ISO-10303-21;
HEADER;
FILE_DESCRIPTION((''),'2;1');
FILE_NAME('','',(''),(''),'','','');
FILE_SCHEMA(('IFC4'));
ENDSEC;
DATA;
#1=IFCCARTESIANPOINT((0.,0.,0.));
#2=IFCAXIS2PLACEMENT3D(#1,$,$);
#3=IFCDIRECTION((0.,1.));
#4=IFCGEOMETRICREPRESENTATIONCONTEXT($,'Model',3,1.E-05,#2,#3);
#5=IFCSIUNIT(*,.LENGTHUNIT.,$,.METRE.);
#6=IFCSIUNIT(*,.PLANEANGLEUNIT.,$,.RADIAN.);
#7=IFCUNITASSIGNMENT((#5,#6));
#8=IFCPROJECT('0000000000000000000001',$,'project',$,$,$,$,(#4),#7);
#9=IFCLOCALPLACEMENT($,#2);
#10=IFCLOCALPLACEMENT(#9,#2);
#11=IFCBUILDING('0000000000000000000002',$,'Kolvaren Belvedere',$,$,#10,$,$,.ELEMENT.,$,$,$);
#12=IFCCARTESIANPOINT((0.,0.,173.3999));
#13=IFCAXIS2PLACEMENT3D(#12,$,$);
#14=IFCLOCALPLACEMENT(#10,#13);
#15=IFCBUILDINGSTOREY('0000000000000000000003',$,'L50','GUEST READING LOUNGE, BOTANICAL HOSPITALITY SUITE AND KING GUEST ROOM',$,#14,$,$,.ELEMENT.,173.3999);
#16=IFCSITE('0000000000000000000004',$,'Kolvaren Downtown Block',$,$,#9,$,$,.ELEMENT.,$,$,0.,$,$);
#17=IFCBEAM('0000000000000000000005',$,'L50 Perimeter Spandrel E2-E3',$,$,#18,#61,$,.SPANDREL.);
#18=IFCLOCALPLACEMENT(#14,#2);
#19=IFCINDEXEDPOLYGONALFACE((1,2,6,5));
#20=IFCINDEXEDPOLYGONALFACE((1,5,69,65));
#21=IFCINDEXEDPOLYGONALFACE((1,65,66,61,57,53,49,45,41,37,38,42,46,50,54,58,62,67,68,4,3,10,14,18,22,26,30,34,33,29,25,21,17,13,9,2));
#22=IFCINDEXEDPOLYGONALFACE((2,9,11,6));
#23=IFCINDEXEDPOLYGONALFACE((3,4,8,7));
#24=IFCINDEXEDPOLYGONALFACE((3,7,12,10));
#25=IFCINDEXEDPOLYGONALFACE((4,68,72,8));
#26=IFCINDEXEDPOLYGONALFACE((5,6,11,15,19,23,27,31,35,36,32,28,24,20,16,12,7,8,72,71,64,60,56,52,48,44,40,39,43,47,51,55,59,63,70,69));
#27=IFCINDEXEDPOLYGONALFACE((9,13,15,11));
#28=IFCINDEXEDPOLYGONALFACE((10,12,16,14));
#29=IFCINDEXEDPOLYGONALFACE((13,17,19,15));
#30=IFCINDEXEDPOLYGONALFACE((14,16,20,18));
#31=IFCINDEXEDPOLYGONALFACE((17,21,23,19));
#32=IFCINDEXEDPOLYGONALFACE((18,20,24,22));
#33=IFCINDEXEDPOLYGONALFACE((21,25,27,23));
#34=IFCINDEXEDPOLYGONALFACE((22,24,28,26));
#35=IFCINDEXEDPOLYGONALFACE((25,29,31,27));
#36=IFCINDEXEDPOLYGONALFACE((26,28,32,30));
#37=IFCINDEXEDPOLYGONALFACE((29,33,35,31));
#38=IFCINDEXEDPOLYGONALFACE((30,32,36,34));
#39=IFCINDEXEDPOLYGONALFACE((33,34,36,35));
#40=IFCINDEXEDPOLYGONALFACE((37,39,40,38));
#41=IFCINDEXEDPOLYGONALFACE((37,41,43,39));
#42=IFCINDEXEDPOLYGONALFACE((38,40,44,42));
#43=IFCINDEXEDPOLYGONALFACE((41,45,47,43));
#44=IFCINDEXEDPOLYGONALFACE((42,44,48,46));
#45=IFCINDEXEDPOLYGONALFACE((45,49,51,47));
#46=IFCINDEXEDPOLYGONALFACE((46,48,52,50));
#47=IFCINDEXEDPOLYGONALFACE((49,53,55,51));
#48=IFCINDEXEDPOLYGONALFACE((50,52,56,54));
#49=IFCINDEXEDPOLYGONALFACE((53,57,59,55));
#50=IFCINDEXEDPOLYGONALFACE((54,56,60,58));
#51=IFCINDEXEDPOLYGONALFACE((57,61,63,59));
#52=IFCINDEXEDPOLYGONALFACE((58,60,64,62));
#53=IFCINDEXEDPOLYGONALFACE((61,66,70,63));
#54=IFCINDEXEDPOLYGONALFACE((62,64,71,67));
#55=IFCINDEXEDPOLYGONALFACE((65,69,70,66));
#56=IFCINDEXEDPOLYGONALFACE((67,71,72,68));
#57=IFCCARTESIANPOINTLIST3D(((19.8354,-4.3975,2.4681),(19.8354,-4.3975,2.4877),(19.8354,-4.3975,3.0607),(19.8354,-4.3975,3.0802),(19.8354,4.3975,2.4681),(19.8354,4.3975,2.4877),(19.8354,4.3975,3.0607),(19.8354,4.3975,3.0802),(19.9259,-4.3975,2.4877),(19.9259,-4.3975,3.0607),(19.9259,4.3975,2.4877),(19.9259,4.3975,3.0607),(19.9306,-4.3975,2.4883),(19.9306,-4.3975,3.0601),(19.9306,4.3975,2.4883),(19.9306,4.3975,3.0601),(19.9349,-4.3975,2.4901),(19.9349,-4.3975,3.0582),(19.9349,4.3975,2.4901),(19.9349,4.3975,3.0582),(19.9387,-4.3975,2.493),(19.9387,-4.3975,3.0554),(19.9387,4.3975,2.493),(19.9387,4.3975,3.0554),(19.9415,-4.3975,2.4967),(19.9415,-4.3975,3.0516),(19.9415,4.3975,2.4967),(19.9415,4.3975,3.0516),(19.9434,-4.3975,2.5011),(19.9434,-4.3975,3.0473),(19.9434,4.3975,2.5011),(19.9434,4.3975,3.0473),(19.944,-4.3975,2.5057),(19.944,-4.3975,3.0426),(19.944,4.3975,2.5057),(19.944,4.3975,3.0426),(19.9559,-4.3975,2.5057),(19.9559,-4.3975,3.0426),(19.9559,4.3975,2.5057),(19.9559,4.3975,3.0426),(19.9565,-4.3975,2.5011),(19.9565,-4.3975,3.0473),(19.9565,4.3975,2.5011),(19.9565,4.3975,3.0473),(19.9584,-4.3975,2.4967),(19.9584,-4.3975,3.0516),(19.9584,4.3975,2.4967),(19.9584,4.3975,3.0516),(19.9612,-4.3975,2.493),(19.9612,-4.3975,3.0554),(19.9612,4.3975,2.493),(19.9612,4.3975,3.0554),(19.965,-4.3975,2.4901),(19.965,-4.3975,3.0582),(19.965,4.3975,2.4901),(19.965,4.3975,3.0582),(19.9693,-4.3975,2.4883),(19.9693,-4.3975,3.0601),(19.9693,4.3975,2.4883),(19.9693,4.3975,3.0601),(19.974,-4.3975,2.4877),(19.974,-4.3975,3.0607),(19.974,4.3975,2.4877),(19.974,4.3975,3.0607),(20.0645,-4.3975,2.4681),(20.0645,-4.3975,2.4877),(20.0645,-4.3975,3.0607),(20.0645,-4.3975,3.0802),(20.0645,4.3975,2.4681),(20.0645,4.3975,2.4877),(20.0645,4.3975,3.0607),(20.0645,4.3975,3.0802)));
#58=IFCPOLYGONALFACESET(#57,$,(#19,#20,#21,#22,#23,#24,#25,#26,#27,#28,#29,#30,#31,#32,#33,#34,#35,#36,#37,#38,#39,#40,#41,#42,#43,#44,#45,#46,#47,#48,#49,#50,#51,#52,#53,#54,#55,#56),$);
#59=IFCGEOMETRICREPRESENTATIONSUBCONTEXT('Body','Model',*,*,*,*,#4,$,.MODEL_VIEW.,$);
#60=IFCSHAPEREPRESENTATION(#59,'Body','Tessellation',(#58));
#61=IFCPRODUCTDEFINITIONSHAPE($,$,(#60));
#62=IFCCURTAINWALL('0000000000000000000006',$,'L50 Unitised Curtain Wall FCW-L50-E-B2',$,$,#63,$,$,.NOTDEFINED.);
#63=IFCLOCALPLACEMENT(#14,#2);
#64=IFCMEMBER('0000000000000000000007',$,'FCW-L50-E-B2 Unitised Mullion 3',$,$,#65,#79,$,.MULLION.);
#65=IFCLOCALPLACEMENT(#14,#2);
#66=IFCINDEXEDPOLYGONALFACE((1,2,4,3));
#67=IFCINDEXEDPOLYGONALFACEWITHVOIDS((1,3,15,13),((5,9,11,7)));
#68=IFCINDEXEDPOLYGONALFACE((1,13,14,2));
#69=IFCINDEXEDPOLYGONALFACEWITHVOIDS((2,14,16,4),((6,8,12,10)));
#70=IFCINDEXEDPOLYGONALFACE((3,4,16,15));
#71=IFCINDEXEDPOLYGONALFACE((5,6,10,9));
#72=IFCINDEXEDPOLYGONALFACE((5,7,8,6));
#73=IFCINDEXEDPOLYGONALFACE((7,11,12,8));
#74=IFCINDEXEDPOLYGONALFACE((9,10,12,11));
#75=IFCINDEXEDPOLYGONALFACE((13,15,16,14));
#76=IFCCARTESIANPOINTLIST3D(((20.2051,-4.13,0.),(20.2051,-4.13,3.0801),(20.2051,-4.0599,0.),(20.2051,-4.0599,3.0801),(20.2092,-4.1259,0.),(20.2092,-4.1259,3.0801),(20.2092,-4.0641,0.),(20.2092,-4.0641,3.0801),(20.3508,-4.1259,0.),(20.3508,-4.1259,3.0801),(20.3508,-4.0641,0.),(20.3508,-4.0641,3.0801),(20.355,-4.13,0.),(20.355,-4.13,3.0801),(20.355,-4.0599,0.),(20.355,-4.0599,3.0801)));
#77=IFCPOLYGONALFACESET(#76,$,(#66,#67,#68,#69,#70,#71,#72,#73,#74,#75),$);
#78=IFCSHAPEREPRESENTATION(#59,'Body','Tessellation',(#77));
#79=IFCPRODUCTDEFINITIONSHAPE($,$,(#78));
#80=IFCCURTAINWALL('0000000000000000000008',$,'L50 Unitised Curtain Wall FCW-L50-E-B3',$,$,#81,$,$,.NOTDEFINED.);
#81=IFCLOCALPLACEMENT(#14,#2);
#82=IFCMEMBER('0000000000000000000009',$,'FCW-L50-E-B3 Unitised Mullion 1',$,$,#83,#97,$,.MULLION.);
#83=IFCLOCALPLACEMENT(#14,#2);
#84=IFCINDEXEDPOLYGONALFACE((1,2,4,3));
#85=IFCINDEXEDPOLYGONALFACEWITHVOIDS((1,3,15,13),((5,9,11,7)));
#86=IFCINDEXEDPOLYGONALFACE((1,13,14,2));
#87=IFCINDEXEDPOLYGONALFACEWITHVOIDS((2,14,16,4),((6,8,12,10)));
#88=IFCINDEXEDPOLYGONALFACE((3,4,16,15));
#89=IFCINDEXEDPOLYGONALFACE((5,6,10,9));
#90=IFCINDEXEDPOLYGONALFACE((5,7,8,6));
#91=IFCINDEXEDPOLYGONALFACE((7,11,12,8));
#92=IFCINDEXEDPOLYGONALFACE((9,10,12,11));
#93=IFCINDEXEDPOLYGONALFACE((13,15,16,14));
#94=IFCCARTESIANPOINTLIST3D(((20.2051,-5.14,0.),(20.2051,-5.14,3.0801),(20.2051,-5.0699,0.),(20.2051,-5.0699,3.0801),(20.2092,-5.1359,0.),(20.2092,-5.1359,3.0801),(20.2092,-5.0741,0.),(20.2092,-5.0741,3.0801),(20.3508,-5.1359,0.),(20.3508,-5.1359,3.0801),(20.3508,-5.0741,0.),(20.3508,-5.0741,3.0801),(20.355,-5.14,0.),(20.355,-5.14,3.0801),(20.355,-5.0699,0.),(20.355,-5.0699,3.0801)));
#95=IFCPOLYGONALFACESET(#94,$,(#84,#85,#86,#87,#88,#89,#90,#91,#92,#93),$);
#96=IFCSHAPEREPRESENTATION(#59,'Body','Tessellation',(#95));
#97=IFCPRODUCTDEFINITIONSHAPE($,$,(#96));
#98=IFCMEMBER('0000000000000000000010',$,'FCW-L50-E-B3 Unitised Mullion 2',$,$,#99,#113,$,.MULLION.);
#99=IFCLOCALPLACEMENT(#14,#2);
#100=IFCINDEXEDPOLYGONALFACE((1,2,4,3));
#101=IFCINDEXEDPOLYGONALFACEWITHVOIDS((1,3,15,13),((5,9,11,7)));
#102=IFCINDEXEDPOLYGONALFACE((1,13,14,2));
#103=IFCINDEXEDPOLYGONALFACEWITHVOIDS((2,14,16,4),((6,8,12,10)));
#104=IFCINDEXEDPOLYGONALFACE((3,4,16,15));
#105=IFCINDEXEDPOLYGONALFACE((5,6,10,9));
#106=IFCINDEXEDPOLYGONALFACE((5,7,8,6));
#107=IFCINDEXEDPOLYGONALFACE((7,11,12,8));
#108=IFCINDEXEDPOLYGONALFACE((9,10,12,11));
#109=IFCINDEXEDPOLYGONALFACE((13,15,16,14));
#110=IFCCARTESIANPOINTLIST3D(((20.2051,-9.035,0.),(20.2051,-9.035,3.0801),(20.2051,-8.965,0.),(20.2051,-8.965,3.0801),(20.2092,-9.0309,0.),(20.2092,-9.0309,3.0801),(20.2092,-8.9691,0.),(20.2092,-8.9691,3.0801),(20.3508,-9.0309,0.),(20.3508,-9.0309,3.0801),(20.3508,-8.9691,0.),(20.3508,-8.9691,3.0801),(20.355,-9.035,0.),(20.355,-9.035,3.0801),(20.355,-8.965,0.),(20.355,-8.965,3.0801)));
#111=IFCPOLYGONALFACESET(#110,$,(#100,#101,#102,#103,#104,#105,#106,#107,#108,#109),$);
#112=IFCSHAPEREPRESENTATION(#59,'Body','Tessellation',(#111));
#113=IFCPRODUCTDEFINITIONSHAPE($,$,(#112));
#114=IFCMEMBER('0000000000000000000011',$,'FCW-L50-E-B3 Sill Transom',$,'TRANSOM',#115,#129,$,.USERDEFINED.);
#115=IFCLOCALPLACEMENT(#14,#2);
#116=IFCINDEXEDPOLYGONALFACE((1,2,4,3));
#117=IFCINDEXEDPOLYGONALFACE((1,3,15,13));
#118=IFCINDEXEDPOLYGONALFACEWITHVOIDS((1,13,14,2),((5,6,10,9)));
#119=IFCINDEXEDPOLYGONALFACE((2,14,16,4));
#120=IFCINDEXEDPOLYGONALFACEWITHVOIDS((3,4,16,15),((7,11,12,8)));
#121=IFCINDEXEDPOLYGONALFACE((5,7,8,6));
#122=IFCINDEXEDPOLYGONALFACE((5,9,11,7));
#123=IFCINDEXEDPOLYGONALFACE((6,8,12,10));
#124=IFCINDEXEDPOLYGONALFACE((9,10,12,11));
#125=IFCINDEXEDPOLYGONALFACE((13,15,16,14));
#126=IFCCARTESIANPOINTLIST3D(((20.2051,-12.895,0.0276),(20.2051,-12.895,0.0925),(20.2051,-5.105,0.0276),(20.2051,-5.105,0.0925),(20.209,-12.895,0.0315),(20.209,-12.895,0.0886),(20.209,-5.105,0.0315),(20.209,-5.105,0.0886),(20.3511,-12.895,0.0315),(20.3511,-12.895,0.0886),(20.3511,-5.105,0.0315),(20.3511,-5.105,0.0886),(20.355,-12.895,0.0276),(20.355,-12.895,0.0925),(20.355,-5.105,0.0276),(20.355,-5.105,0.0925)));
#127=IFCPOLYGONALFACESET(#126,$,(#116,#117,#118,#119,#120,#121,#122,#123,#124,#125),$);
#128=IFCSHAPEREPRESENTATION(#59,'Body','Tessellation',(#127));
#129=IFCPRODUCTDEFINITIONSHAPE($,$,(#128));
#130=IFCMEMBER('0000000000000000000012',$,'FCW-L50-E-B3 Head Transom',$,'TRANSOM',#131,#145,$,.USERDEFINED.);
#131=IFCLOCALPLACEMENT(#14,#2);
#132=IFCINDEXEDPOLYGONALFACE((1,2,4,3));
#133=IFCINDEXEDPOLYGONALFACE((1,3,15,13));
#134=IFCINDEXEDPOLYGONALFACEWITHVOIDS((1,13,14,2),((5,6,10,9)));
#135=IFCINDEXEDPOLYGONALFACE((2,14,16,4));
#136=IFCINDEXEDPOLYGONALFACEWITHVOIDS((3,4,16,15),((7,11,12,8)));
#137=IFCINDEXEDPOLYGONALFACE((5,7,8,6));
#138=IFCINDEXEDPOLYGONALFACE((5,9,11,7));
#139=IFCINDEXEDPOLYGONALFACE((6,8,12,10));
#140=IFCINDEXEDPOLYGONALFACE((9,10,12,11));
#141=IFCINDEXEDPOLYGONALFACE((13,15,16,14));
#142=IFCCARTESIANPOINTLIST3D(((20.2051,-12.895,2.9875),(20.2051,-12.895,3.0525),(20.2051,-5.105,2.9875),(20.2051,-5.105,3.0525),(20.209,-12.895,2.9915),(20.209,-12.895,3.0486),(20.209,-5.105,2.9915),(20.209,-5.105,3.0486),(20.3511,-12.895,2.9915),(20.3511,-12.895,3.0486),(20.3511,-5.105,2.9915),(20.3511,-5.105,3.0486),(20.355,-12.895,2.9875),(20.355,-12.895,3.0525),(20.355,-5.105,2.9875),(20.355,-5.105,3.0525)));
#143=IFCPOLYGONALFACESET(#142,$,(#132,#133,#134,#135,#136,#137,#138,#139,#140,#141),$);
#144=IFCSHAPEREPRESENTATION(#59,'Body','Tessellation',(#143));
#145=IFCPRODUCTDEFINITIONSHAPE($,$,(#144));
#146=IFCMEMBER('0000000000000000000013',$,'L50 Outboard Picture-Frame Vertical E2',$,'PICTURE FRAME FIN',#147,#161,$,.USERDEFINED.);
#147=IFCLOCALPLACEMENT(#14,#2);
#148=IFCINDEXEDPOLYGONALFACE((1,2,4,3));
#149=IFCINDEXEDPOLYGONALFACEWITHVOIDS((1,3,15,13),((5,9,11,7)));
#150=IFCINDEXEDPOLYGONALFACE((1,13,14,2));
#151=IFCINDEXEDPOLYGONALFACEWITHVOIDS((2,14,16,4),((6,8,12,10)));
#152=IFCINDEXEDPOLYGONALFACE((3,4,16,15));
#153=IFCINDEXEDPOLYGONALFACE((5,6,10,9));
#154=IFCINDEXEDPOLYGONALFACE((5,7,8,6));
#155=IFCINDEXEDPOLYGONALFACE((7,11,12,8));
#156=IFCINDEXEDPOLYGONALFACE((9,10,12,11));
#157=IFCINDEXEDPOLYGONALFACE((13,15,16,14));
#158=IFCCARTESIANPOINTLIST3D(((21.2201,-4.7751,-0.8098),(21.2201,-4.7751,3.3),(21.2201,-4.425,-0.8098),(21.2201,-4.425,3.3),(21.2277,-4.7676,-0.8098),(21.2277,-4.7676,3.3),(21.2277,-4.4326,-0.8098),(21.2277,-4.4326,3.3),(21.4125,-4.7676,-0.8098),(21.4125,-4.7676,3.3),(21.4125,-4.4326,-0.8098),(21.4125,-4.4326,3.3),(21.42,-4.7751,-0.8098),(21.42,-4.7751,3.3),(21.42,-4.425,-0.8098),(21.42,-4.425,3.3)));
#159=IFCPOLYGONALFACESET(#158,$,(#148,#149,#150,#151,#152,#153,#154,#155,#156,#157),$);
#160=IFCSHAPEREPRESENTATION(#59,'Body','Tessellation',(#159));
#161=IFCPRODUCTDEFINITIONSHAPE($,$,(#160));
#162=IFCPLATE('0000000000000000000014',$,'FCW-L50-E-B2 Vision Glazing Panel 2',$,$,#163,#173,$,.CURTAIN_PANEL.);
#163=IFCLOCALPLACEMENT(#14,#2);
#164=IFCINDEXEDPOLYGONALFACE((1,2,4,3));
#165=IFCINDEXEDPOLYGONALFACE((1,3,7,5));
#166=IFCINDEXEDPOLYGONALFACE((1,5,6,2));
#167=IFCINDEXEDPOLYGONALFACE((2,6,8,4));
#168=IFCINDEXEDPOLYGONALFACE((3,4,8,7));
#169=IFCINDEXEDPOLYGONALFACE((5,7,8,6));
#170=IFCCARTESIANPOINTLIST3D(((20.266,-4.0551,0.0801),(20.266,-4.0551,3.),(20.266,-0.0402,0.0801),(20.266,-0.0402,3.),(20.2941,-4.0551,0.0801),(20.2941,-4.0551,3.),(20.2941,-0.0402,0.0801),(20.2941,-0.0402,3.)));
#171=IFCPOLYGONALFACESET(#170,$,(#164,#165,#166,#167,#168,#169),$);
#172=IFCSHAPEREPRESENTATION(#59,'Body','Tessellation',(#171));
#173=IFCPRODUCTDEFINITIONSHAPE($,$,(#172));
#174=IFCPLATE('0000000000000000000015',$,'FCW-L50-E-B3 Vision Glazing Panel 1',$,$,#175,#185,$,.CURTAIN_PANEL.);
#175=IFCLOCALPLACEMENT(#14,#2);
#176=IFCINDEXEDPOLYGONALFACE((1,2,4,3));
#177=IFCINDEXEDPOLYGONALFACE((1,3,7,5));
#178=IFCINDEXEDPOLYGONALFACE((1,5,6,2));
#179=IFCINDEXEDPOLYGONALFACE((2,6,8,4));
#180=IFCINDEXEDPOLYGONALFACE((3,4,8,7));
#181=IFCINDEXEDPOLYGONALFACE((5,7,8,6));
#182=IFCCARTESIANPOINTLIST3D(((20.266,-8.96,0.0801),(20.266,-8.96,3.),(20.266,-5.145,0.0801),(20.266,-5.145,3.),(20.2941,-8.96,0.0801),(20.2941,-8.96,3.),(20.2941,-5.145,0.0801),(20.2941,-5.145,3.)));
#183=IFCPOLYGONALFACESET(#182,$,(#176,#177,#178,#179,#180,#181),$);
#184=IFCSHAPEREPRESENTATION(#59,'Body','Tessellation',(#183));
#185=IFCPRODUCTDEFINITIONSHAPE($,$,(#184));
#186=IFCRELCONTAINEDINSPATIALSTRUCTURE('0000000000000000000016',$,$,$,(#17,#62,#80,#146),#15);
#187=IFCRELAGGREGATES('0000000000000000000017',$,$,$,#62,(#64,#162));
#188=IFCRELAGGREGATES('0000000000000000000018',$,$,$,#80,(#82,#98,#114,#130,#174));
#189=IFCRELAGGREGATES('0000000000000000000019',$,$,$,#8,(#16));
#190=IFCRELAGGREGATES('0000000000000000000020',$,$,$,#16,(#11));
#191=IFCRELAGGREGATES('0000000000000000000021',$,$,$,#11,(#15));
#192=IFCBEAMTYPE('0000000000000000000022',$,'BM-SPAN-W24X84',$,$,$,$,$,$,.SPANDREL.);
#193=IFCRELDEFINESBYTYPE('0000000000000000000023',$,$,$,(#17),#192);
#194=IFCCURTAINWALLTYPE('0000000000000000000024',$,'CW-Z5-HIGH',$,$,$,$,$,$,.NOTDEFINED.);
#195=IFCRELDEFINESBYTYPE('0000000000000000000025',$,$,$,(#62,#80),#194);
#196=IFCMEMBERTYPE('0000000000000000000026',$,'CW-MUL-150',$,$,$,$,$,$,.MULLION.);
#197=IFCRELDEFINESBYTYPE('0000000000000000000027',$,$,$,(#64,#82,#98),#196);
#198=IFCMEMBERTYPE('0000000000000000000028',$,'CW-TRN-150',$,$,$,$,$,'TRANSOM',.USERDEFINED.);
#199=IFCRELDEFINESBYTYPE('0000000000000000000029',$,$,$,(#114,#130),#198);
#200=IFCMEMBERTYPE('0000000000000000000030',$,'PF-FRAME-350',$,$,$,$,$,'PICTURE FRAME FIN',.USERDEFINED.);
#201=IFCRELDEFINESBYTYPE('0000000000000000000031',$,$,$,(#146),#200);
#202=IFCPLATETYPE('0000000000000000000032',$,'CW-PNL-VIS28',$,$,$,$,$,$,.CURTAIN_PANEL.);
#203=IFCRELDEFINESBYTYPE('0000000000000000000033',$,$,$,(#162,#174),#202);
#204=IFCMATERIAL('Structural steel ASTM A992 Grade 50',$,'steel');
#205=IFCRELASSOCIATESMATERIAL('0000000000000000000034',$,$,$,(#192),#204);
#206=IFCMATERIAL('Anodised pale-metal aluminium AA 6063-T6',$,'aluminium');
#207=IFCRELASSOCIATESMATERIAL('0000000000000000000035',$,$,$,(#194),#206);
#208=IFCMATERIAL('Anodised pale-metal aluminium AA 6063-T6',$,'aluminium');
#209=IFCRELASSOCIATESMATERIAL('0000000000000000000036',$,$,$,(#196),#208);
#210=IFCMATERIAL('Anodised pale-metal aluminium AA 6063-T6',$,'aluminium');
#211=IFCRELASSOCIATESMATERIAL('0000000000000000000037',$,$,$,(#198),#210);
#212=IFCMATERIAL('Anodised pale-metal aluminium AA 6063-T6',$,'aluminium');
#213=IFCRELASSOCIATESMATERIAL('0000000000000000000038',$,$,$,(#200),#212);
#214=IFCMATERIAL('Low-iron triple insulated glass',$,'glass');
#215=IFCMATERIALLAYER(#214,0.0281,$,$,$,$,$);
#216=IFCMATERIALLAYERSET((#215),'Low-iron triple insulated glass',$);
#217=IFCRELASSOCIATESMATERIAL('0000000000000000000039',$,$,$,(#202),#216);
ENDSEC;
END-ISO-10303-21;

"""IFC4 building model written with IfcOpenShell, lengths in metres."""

from ifc_helpers import new_model, si_unit, direction, frame, origin, origin_2d, place, context, subcontext, project, spatial, rectangle, hollow_rectangle, i_section, extrude, material, layer, layer_set, material_profile, profile_set, type_object, element, aggregate, save


model = new_model("IFC4")

# Units and contexts
model_context = context("Model", 3, precision=1e-05, world=origin(), true_north=direction((0.0, 1.0)))
body_context = subcontext(model_context, "Body", "Model", "MODEL_VIEW")
ifc_project = project(units=[si_unit("LENGTHUNIT", "METRE"), si_unit("PLANEANGLEUNIT", "RADIAN")], contexts=[model_context])

# Site, building, storey
site_placement = place(None, origin())
site = spatial("IfcSite", under=ifc_project, at=site_placement, Name="Kolvaren Downtown Block", CompositionType="ELEMENT", RefElevation=0.0)
building_placement = place(site_placement, origin())
building = spatial("IfcBuilding", under=site, at=building_placement, Name="Kolvaren Belvedere", CompositionType="ELEMENT")
storey_placement = place(building_placement, frame((0.0, 0.0, 173.3999)))
storey = spatial("IfcBuildingStorey", under=building, at=storey_placement, Name="L50", Description="GUEST READING LOUNGE, BOTANICAL HOSPITALITY SUITE AND KING GUEST ROOM", CompositionType="ELEMENT", Elevation=173.3999)

# Beam
ifc_material_1 = material(Name="Structural steel ASTM A992 Grade 50", Category="steel")
ifc_material_profile_1 = material_profile(ifc_material_1, i_section(OverallWidth=0.229, OverallDepth=0.6121, WebThickness=0.012, FlangeThickness=0.0195, FilletRadius=0.0181, at=origin_2d()), Name="W24X84")
ifc_profile_set_1 = profile_set([ifc_material_profile_1], Name="Structural steel ASTM A992 Grade 50")
beam_type_1 = type_object("IfcBeamType", Name="BM-SPAN-W24X84", PredefinedType="SPANDREL", material=ifc_profile_set_1)
beam_1_placement = place(storey_placement, frame((19.95, -4.3975, 2.7742), z_axis=(0.0, 1.0, 0.0), x_axis=(-1.0, 0.0, 0.0)))
element("IfcBeam", 1, at=beam_1_placement, inside=storey, type_object=beam_type_1, Name="L50 Perimeter Spandrel E2-E3", PredefinedType="SPANDREL", context=body_context, shape_type="SweptSolid", body=[
    extrude(i_section(OverallWidth=0.229, OverallDepth=0.6121, WebThickness=0.012, FlangeThickness=0.0195, FilletRadius=0.0181, at=origin_2d()), origin(), (0.0, 0.0, 1.0), 8.7949),
])

# Curtain wall, member
ifc_material_2 = material(Name="Anodised pale-metal aluminium AA 6063-T6", Category="aluminium")
curtain_wall_type = type_object("IfcCurtainWallType", Name="CW-Z5-HIGH", PredefinedType="NOTDEFINED", material=ifc_material_2)
curtain_wall_1_placement = place(storey_placement, origin())
curtain_wall_1 = element("IfcCurtainWall", 2, at=curtain_wall_1_placement, inside=storey, type_object=curtain_wall_type, Name="L50 Unitised Curtain Wall FCW-L50-E-B2", PredefinedType="NOTDEFINED")
ifc_material_3 = material(Name="Anodised pale-metal aluminium AA 6063-T6", Category="aluminium")
ifc_material_profile_2 = material_profile(ifc_material_3, hollow_rectangle(XDim=0.0701, YDim=0.1499, WallThickness=0.0042, at=origin_2d()), Name="ALU-MUL-150X70")
ifc_profile_set_2 = profile_set([ifc_material_profile_2], Name="Anodised pale-metal aluminium AA 6063-T6")
member_type_1 = type_object("IfcMemberType", Name="CW-MUL-150", PredefinedType="MULLION", material=ifc_profile_set_2)
member_1_placement = place(storey_placement, frame((20.28, -4.095, 0.0), z_axis=(0.0, 0.0, 1.0), x_axis=(0.0, 1.0, 0.0)))
member_1 = element("IfcMember", 3, at=member_1_placement, type_object=member_type_1, Name="FCW-L50-E-B2 Unitised Mullion 3", PredefinedType="MULLION", context=body_context, shape_type="SweptSolid", body=[
    extrude(hollow_rectangle(XDim=0.0701, YDim=0.1499, WallThickness=0.0042, at=origin_2d()), origin(), (0.0, 0.0, 1.0), 3.0801),
])

# Curtain wall, members
curtain_wall_2_placement = place(storey_placement, origin())
curtain_wall_2 = element("IfcCurtainWall", 4, at=curtain_wall_2_placement, inside=storey, type_object=curtain_wall_type, Name="L50 Unitised Curtain Wall FCW-L50-E-B3", PredefinedType="NOTDEFINED")
member_2_placement = place(storey_placement, frame((20.28, -5.105, 0.0), z_axis=(0.0, 0.0, 1.0), x_axis=(0.0, 1.0, 0.0)))
member_2 = element("IfcMember", 5, at=member_2_placement, type_object=member_type_1, Name="FCW-L50-E-B3 Unitised Mullion 1", PredefinedType="MULLION", context=body_context, shape_type="SweptSolid", body=[
    extrude(hollow_rectangle(XDim=0.0701, YDim=0.1499, WallThickness=0.0042, at=origin_2d()), origin(), (0.0, 0.0, 1.0), 3.0801),
])
member_3_placement = place(storey_placement, frame((20.28, -9.0, 0.0), z_axis=(0.0, 0.0, 1.0), x_axis=(0.0, 1.0, 0.0)))
member_3 = element("IfcMember", 6, at=member_3_placement, type_object=member_type_1, Name="FCW-L50-E-B3 Unitised Mullion 2", PredefinedType="MULLION", context=body_context, shape_type="SweptSolid", body=[
    extrude(hollow_rectangle(XDim=0.0701, YDim=0.1499, WallThickness=0.0042, at=origin_2d()), origin(), (0.0, 0.0, 1.0), 3.0801),
])
ifc_material_4 = material(Name="Anodised pale-metal aluminium AA 6063-T6", Category="aluminium")
ifc_material_profile_3 = material_profile(ifc_material_4, hollow_rectangle(XDim=0.0649, YDim=0.1499, WallThickness=0.0039, at=origin_2d()), Name="ALU-TRN-150X65")
ifc_profile_set_3 = profile_set([ifc_material_profile_3], Name="Anodised pale-metal aluminium AA 6063-T6")
member_type_2 = type_object("IfcMemberType", Name="CW-TRN-150", ElementType="TRANSOM", PredefinedType="USERDEFINED", material=ifc_profile_set_3)
member_4_placement = place(storey_placement, frame((20.28, -5.105, 0.0601), z_axis=(0.0, -1.0, 0.0), x_axis=(0.0, 0.0, 1.0)))
member_4 = element("IfcMember", 7, at=member_4_placement, type_object=member_type_2, Name="FCW-L50-E-B3 Sill Transom", ObjectType="TRANSOM", PredefinedType="USERDEFINED", context=body_context, shape_type="SweptSolid", body=[
    extrude(hollow_rectangle(XDim=0.0649, YDim=0.1499, WallThickness=0.0039, at=origin_2d()), origin(), (0.0, 0.0, 1.0), 7.79),
])
member_5_placement = place(storey_placement, frame((20.28, -5.105, 3.02), z_axis=(0.0, -1.0, 0.0), x_axis=(0.0, 0.0, 1.0)))
member_5 = element("IfcMember", 8, at=member_5_placement, type_object=member_type_2, Name="FCW-L50-E-B3 Head Transom", ObjectType="TRANSOM", PredefinedType="USERDEFINED", context=body_context, shape_type="SweptSolid", body=[
    extrude(hollow_rectangle(XDim=0.0649, YDim=0.1499, WallThickness=0.0039, at=origin_2d()), origin(), (0.0, 0.0, 1.0), 7.79),
])

# Member
ifc_material_5 = material(Name="Anodised pale-metal aluminium AA 6063-T6", Category="aluminium")
ifc_material_profile_4 = material_profile(ifc_material_5, hollow_rectangle(XDim=0.2, YDim=0.3501, WallThickness=0.0076, at=origin_2d()), Name="ALU-PF-350X200")
ifc_profile_set_4 = profile_set([ifc_material_profile_4], Name="Anodised pale-metal aluminium AA 6063-T6")
member_type_3 = type_object("IfcMemberType", Name="PF-FRAME-350", ElementType="PICTURE FRAME FIN", PredefinedType="USERDEFINED", material=ifc_profile_set_4)
member_6_placement = place(storey_placement, frame((21.3201, -4.6001, -0.8098), z_axis=(0.0, 0.0, 1.0), x_axis=(1.0, 0.0, 0.0)))
element("IfcMember", 9, at=member_6_placement, inside=storey, type_object=member_type_3, Name="L50 Outboard Picture-Frame Vertical E2", ObjectType="PICTURE FRAME FIN", PredefinedType="USERDEFINED", context=body_context, shape_type="SweptSolid", body=[
    extrude(hollow_rectangle(XDim=0.2, YDim=0.3501, WallThickness=0.0076, at=origin_2d()), origin(), (0.0, 0.0, 1.0), 4.1099),
])

# Plates
ifc_material_6 = material(Name="Low-iron triple insulated glass", Category="glass")
ifc_layer_1 = layer(ifc_material_6, 0.0281)
ifc_layer_set_1 = layer_set([ifc_layer_1], Name="Low-iron triple insulated glass")
plate_type_1 = type_object("IfcPlateType", Name="CW-PNL-VIS28", PredefinedType="CURTAIN_PANEL", material=ifc_layer_set_1)
plate_1_placement = place(storey_placement, frame((20.28, -2.0476, 0.0801), z_axis=(0.0, 0.0, 1.0), x_axis=(0.0, -1.0, 0.0)))
plate_1 = element("IfcPlate", 10, at=plate_1_placement, type_object=plate_type_1, Name="FCW-L50-E-B2 Vision Glazing Panel 2", PredefinedType="CURTAIN_PANEL", context=body_context, shape_type="SweptSolid", body=[
    extrude(rectangle(XDim=4.0149, YDim=0.0281, at=origin_2d()), origin(), (0.0, 0.0, 1.0), 2.9199),
])
aggregate(curtain_wall_1, [member_1, plate_1])
plate_2_placement = place(storey_placement, frame((20.28, -7.0525, 0.0801), z_axis=(0.0, 0.0, 1.0), x_axis=(0.0, -1.0, 0.0)))
plate_2 = element("IfcPlate", 11, at=plate_2_placement, type_object=plate_type_1, Name="FCW-L50-E-B3 Vision Glazing Panel 1", PredefinedType="CURTAIN_PANEL", context=body_context, shape_type="SweptSolid", body=[
    extrude(rectangle(XDim=3.8149, YDim=0.0281, at=origin_2d()), origin(), (0.0, 0.0, 1.0), 2.9199),
])
aggregate(curtain_wall_2, [member_2, member_3, member_4, member_5, plate_2])

save(model, "model.ifc")
